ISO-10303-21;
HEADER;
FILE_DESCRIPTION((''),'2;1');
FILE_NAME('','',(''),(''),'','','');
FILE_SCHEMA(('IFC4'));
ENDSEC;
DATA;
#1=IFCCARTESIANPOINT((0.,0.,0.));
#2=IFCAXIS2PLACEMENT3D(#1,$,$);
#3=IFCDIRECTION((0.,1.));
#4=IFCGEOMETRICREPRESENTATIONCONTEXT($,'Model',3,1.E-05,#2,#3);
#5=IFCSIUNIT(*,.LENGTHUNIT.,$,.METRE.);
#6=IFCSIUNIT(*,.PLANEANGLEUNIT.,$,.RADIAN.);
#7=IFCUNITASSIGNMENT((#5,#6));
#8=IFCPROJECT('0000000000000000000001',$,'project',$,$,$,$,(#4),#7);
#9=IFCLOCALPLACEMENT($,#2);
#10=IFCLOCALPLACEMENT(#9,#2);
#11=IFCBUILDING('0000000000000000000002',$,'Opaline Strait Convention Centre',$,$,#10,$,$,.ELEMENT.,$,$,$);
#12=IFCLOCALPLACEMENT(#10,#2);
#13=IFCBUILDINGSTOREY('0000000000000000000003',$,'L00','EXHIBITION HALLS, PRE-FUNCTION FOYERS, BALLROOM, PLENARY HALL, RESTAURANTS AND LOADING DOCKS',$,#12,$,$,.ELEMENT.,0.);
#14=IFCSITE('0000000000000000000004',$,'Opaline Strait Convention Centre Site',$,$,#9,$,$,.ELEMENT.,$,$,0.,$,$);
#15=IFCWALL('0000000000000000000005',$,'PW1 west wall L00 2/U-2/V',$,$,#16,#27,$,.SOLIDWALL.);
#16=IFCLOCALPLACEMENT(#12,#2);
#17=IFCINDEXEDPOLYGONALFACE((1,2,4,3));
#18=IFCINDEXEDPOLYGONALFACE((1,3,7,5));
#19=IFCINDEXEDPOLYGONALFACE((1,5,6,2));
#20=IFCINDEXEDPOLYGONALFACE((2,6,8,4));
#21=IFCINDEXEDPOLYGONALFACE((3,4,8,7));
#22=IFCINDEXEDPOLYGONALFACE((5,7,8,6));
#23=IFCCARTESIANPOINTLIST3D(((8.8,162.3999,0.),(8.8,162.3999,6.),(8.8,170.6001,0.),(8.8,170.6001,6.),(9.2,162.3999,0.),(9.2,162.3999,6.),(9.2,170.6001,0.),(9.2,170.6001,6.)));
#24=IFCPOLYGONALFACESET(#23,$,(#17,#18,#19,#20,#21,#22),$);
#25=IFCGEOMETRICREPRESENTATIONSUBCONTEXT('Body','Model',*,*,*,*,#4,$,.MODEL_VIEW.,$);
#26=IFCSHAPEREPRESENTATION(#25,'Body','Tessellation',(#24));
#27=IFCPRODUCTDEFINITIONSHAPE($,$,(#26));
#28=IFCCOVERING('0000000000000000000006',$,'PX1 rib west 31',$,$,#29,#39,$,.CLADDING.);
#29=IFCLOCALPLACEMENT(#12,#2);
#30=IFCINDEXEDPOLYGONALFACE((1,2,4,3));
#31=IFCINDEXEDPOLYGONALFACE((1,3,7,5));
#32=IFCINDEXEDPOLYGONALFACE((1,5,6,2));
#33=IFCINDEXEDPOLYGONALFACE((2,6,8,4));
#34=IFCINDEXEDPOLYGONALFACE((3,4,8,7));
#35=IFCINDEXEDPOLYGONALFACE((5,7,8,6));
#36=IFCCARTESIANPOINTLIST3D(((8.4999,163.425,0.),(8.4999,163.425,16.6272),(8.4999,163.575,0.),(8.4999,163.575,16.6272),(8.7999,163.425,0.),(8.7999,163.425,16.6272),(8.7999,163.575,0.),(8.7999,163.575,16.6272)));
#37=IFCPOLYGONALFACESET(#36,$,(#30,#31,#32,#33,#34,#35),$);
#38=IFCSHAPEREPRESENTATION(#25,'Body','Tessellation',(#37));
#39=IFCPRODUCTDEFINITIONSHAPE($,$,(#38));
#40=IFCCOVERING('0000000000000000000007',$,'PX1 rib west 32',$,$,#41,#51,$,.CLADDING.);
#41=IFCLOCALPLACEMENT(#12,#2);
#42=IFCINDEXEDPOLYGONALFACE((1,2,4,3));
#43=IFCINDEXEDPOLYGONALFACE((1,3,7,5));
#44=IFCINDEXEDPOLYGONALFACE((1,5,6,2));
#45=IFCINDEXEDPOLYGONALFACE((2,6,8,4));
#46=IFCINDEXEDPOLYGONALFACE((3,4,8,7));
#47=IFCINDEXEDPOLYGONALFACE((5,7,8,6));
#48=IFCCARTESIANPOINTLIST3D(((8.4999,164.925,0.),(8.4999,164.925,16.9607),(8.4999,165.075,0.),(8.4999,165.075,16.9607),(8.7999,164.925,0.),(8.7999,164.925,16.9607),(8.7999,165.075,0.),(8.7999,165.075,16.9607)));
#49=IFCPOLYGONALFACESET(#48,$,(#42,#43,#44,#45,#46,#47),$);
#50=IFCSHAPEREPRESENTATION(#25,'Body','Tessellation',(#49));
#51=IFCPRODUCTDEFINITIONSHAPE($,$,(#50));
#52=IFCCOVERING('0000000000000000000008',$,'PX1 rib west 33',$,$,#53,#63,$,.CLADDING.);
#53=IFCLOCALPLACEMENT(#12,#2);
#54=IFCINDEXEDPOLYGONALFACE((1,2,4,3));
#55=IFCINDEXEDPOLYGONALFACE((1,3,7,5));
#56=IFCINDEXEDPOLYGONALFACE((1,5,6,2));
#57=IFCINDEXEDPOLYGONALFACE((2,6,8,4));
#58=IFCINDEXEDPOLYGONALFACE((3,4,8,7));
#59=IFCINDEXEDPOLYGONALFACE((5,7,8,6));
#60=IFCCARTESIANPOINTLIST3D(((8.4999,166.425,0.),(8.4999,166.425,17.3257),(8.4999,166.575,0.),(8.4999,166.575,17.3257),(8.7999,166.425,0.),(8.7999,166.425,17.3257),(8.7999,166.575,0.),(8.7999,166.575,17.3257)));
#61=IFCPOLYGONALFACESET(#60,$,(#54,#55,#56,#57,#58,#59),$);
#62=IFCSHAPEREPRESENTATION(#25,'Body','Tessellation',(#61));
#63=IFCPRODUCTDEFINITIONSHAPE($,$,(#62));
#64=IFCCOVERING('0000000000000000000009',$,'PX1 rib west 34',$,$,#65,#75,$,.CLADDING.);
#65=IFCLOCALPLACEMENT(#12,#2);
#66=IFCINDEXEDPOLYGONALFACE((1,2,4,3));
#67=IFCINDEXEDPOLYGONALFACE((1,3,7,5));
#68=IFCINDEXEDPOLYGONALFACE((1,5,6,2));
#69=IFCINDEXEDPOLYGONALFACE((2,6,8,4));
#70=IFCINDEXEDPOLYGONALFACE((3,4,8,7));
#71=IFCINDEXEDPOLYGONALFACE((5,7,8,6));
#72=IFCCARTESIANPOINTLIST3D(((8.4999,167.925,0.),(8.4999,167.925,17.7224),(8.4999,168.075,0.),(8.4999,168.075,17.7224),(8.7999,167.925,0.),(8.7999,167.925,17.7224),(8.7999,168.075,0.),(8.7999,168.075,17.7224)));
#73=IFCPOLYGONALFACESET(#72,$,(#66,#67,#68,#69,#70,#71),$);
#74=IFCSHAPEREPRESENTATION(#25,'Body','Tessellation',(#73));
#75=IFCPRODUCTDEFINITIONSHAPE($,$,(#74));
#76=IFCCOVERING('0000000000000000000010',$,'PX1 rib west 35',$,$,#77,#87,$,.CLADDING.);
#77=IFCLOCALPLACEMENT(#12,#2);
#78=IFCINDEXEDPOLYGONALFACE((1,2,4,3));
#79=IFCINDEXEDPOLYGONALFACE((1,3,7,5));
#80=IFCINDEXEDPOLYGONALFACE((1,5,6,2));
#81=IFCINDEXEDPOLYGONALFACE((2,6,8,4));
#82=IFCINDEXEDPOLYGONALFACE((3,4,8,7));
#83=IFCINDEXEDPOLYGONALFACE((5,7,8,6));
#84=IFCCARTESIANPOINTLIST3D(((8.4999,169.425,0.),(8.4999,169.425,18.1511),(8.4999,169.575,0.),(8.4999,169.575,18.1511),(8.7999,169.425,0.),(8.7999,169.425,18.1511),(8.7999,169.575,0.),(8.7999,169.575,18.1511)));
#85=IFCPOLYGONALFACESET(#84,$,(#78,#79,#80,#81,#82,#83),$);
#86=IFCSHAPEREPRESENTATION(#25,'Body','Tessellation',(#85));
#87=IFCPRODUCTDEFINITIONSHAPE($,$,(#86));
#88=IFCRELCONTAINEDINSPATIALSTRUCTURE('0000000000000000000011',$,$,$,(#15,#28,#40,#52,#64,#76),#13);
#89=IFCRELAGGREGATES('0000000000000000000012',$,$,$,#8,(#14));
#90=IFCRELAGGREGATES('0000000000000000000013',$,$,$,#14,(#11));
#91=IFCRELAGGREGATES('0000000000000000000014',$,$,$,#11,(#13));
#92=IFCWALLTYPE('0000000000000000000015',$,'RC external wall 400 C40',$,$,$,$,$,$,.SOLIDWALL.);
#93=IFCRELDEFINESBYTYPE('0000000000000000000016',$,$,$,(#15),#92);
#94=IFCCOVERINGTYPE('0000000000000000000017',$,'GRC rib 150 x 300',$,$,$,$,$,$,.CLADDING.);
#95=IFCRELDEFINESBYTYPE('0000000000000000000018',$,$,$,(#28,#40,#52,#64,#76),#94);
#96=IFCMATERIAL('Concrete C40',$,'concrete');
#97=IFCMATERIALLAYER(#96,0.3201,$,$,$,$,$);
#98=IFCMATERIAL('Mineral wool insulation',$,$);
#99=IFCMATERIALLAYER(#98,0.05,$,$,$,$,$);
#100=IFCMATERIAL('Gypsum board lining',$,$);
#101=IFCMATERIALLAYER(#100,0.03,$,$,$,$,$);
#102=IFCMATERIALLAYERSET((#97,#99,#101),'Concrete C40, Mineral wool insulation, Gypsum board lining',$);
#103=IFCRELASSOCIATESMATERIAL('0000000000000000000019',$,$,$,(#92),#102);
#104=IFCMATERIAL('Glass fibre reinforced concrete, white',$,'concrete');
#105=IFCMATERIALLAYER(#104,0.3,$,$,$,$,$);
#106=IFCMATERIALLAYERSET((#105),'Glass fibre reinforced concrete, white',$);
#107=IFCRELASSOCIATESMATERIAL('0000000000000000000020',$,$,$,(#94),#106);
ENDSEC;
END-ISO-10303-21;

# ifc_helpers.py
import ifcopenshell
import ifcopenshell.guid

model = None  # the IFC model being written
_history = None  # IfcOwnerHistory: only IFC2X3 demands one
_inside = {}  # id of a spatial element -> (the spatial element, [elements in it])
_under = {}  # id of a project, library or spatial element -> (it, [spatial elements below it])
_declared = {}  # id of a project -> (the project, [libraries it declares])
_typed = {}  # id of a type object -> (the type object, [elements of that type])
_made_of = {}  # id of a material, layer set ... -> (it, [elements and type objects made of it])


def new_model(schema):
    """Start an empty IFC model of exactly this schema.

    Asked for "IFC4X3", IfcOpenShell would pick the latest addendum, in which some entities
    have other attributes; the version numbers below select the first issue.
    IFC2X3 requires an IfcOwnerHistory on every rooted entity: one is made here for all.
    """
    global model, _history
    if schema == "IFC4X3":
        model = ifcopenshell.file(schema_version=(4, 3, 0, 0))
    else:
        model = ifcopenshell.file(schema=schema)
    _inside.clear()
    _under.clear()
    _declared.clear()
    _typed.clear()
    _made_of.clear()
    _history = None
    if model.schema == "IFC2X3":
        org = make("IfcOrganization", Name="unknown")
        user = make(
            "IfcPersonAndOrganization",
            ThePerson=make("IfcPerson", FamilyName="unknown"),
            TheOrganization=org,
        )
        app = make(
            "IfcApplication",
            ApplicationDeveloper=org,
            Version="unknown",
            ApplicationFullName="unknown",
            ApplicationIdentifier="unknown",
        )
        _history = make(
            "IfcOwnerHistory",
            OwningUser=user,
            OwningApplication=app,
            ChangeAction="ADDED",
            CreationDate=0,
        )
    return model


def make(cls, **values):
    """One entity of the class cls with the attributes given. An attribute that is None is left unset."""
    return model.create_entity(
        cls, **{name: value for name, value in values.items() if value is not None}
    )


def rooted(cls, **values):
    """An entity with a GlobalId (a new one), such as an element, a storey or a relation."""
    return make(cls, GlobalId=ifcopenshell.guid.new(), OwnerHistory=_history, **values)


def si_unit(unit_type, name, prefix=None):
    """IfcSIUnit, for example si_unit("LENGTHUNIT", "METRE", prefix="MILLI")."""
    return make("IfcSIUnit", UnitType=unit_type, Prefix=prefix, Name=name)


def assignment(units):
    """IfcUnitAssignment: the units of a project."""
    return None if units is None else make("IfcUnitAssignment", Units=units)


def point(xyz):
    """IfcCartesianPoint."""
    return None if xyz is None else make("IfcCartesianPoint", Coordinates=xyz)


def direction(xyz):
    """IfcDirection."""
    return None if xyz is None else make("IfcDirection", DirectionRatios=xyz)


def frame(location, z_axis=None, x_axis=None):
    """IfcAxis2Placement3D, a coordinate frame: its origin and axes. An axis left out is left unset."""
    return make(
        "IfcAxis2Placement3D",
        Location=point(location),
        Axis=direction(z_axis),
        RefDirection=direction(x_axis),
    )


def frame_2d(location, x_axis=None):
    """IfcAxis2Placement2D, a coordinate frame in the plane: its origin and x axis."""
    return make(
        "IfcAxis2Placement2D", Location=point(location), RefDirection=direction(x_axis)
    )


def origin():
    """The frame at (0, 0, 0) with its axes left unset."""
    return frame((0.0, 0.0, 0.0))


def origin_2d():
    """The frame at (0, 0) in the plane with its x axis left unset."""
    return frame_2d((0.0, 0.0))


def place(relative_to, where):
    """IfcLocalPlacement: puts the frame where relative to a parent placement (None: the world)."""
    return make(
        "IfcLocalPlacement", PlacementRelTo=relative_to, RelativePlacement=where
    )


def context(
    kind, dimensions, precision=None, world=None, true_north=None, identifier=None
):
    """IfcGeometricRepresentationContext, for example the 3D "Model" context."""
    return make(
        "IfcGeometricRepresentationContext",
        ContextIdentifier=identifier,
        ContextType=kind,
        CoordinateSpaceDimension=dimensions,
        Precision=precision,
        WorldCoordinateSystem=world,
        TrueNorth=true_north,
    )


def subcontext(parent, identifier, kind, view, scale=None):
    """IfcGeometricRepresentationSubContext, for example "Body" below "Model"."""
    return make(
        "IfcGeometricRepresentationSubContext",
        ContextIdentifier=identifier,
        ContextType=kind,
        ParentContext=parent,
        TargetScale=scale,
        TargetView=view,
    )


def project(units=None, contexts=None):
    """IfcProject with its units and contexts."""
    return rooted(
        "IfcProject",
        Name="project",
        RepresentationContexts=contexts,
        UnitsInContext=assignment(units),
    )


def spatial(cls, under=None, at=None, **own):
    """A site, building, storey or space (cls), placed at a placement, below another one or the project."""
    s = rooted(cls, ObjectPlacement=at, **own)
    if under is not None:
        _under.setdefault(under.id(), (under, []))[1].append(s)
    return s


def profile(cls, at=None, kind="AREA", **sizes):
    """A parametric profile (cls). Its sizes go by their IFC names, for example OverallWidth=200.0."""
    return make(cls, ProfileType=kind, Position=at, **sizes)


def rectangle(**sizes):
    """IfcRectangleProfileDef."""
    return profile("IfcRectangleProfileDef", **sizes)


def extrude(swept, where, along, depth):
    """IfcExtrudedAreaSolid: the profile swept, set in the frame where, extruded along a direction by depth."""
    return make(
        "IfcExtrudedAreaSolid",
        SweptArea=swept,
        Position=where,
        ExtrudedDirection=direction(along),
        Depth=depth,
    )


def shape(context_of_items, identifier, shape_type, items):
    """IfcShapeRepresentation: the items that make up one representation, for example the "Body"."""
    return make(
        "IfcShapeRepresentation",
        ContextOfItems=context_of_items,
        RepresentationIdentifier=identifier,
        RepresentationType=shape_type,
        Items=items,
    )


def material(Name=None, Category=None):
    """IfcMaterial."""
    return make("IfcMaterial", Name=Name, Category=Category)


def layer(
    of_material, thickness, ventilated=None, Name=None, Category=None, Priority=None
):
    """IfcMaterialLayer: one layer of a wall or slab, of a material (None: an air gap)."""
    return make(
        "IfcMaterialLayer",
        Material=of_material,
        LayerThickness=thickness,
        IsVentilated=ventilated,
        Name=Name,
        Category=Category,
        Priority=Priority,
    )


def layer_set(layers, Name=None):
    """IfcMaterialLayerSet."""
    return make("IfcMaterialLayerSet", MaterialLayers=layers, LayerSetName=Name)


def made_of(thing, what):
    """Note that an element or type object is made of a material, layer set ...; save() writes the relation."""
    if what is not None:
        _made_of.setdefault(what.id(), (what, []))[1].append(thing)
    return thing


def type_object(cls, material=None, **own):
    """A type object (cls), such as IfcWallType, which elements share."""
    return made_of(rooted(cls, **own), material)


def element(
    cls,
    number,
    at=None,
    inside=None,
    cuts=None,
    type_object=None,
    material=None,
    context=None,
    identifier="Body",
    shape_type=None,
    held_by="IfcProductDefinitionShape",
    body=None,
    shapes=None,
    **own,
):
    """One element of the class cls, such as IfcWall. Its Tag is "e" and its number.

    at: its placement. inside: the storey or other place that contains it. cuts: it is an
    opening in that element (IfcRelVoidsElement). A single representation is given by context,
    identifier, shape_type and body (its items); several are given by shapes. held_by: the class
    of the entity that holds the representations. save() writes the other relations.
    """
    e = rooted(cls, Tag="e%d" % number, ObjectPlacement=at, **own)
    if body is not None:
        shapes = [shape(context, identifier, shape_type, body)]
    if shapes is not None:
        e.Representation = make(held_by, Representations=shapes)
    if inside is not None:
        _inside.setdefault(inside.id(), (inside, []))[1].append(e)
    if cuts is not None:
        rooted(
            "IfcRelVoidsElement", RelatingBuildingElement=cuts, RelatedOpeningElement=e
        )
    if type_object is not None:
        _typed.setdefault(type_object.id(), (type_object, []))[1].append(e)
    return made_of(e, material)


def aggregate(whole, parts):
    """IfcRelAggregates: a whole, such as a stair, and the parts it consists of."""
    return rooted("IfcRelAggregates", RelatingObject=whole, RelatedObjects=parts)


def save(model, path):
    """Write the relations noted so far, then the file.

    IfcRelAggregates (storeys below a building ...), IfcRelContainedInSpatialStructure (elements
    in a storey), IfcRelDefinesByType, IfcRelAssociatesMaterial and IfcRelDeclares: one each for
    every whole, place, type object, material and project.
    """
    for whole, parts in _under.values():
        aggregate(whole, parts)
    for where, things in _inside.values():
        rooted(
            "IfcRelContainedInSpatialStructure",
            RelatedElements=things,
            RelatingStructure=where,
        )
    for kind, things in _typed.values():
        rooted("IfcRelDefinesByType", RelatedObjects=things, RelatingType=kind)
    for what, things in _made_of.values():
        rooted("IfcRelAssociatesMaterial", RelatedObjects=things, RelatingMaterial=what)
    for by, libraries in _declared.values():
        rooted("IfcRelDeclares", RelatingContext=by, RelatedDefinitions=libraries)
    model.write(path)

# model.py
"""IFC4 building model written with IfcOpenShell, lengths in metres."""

from ifc_helpers import new_model, si_unit, direction, frame, frame_2d, origin, origin_2d, place, context, subcontext, project, spatial, rectangle, extrude, material, layer, layer_set, type_object, element, save


model = new_model("IFC4")

# Units and contexts
model_context = context("Model", 3, precision=1e-05, world=origin(), true_north=direction((0.0, 1.0)))
body_context = subcontext(model_context, "Body", "Model", "MODEL_VIEW")
ifc_project = project(units=[si_unit("LENGTHUNIT", "METRE"), si_unit("PLANEANGLEUNIT", "RADIAN")], contexts=[model_context])

# Site, building, storey
site_placement = place(None, origin())
site = spatial("IfcSite", under=ifc_project, at=site_placement, Name="Opaline Strait Convention Centre Site", CompositionType="ELEMENT", RefElevation=0.0)
building_placement = place(site_placement, origin())
building = spatial("IfcBuilding", under=site, at=building_placement, Name="Opaline Strait Convention Centre", CompositionType="ELEMENT")
storey_placement = place(building_placement, origin())
storey = spatial("IfcBuildingStorey", under=building, at=storey_placement, Name="L00", Description="EXHIBITION HALLS, PRE-FUNCTION FOYERS, BALLROOM, PLENARY HALL, RESTAURANTS AND LOADING DOCKS", CompositionType="ELEMENT", Elevation=0.0)

# Shared definitions
ifc_material_1 = material(Name="Concrete C40", Category="concrete")

# Wall
ifc_layer_1 = layer(ifc_material_1, 0.3201)
ifc_material_2 = material(Name="Mineral wool insulation")
ifc_layer_2 = layer(ifc_material_2, 0.05)
ifc_material_3 = material(Name="Gypsum board lining")
ifc_layer_3 = layer(ifc_material_3, 0.03)
ifc_layer_set_1 = layer_set([ifc_layer_1, ifc_layer_2, ifc_layer_3], Name="Concrete C40, Mineral wool insulation, Gypsum board lining")
wall_type_1 = type_object("IfcWallType", Name="RC external wall 400 C40", PredefinedType="SOLIDWALL", material=ifc_layer_set_1)
wall_1_placement = place(storey_placement, frame((9.0, 162.3999, 0.0), z_axis=(0.0, 0.0, 1.0), x_axis=(0.0, 1.0, 0.0)))
element("IfcWall", 1, at=wall_1_placement, inside=storey, type_object=wall_type_1, Name="PW1 west wall L00 2/U-2/V", PredefinedType="SOLIDWALL", context=body_context, shape_type="SweptSolid", body=[
    extrude(rectangle(XDim=8.2002, YDim=0.3999, at=frame_2d((4.1001, 0.0))), origin(), (0.0, 0.0, 1.0), 6.0),
])

# Coverings
ifc_material_4 = material(Name="Glass fibre reinforced concrete, white", Category="concrete")
ifc_layer_4 = layer(ifc_material_4, 0.3)
ifc_layer_set_2 = layer_set([ifc_layer_4], Name="Glass fibre reinforced concrete, white")
covering_type = type_object("IfcCoveringType", Name="GRC rib 150 x 300", PredefinedType="CLADDING", material=ifc_layer_set_2)
covering_1_placement = place(storey_placement, frame((8.6499, 163.5, 0.0), z_axis=(0.0, 0.0, 1.0), x_axis=(1.0, 0.0, 0.0)))
element("IfcCovering", 2, at=covering_1_placement, inside=storey, type_object=covering_type, Name="PX1 rib west 31", PredefinedType="CLADDING", context=body_context, shape_type="SweptSolid", body=[
    extrude(rectangle(XDim=0.3, YDim=0.1499, at=origin_2d()), origin(), (0.0, 0.0, 1.0), 16.6272),
])
covering_2_placement = place(storey_placement, frame((8.6499, 165.0, 0.0), z_axis=(0.0, 0.0, 1.0), x_axis=(1.0, 0.0, 0.0)))
element("IfcCovering", 3, at=covering_2_placement, inside=storey, type_object=covering_type, Name="PX1 rib west 32", PredefinedType="CLADDING", context=body_context, shape_type="SweptSolid", body=[
    extrude(rectangle(XDim=0.3, YDim=0.1499, at=origin_2d()), origin(), (0.0, 0.0, 1.0), 16.9607),
])
covering_3_placement = place(storey_placement, frame((8.6499, 166.5, 0.0), z_axis=(0.0, 0.0, 1.0), x_axis=(1.0, 0.0, 0.0)))
element("IfcCovering", 4, at=covering_3_placement, inside=storey, type_object=covering_type, Name="PX1 rib west 33", PredefinedType="CLADDING", context=body_context, shape_type="SweptSolid", body=[
    extrude(rectangle(XDim=0.3, YDim=0.1499, at=origin_2d()), origin(), (0.0, 0.0, 1.0), 17.3257),
])
covering_4_placement = place(storey_placement, frame((8.6499, 168.0, 0.0), z_axis=(0.0, 0.0, 1.0), x_axis=(1.0, 0.0, 0.0)))
element("IfcCovering", 5, at=covering_4_placement, inside=storey, type_object=covering_type, Name="PX1 rib west 34", PredefinedType="CLADDING", context=body_context, shape_type="SweptSolid", body=[
    extrude(rectangle(XDim=0.3, YDim=0.1499, at=origin_2d()), origin(), (0.0, 0.0, 1.0), 17.7224),
])
covering_5_placement = place(storey_placement, frame((8.6499, 169.5, 0.0), z_axis=(0.0, 0.0, 1.0), x_axis=(1.0, 0.0, 0.0)))
element("IfcCovering", 6, at=covering_5_placement, inside=storey, type_object=covering_type, Name="PX1 rib west 35", PredefinedType="CLADDING", context=body_context, shape_type="SweptSolid", body=[
    extrude(rectangle(XDim=0.3, YDim=0.1499, at=origin_2d()), origin(), (0.0, 0.0, 1.0), 18.1511),
])

save(model, "model.ifc")
